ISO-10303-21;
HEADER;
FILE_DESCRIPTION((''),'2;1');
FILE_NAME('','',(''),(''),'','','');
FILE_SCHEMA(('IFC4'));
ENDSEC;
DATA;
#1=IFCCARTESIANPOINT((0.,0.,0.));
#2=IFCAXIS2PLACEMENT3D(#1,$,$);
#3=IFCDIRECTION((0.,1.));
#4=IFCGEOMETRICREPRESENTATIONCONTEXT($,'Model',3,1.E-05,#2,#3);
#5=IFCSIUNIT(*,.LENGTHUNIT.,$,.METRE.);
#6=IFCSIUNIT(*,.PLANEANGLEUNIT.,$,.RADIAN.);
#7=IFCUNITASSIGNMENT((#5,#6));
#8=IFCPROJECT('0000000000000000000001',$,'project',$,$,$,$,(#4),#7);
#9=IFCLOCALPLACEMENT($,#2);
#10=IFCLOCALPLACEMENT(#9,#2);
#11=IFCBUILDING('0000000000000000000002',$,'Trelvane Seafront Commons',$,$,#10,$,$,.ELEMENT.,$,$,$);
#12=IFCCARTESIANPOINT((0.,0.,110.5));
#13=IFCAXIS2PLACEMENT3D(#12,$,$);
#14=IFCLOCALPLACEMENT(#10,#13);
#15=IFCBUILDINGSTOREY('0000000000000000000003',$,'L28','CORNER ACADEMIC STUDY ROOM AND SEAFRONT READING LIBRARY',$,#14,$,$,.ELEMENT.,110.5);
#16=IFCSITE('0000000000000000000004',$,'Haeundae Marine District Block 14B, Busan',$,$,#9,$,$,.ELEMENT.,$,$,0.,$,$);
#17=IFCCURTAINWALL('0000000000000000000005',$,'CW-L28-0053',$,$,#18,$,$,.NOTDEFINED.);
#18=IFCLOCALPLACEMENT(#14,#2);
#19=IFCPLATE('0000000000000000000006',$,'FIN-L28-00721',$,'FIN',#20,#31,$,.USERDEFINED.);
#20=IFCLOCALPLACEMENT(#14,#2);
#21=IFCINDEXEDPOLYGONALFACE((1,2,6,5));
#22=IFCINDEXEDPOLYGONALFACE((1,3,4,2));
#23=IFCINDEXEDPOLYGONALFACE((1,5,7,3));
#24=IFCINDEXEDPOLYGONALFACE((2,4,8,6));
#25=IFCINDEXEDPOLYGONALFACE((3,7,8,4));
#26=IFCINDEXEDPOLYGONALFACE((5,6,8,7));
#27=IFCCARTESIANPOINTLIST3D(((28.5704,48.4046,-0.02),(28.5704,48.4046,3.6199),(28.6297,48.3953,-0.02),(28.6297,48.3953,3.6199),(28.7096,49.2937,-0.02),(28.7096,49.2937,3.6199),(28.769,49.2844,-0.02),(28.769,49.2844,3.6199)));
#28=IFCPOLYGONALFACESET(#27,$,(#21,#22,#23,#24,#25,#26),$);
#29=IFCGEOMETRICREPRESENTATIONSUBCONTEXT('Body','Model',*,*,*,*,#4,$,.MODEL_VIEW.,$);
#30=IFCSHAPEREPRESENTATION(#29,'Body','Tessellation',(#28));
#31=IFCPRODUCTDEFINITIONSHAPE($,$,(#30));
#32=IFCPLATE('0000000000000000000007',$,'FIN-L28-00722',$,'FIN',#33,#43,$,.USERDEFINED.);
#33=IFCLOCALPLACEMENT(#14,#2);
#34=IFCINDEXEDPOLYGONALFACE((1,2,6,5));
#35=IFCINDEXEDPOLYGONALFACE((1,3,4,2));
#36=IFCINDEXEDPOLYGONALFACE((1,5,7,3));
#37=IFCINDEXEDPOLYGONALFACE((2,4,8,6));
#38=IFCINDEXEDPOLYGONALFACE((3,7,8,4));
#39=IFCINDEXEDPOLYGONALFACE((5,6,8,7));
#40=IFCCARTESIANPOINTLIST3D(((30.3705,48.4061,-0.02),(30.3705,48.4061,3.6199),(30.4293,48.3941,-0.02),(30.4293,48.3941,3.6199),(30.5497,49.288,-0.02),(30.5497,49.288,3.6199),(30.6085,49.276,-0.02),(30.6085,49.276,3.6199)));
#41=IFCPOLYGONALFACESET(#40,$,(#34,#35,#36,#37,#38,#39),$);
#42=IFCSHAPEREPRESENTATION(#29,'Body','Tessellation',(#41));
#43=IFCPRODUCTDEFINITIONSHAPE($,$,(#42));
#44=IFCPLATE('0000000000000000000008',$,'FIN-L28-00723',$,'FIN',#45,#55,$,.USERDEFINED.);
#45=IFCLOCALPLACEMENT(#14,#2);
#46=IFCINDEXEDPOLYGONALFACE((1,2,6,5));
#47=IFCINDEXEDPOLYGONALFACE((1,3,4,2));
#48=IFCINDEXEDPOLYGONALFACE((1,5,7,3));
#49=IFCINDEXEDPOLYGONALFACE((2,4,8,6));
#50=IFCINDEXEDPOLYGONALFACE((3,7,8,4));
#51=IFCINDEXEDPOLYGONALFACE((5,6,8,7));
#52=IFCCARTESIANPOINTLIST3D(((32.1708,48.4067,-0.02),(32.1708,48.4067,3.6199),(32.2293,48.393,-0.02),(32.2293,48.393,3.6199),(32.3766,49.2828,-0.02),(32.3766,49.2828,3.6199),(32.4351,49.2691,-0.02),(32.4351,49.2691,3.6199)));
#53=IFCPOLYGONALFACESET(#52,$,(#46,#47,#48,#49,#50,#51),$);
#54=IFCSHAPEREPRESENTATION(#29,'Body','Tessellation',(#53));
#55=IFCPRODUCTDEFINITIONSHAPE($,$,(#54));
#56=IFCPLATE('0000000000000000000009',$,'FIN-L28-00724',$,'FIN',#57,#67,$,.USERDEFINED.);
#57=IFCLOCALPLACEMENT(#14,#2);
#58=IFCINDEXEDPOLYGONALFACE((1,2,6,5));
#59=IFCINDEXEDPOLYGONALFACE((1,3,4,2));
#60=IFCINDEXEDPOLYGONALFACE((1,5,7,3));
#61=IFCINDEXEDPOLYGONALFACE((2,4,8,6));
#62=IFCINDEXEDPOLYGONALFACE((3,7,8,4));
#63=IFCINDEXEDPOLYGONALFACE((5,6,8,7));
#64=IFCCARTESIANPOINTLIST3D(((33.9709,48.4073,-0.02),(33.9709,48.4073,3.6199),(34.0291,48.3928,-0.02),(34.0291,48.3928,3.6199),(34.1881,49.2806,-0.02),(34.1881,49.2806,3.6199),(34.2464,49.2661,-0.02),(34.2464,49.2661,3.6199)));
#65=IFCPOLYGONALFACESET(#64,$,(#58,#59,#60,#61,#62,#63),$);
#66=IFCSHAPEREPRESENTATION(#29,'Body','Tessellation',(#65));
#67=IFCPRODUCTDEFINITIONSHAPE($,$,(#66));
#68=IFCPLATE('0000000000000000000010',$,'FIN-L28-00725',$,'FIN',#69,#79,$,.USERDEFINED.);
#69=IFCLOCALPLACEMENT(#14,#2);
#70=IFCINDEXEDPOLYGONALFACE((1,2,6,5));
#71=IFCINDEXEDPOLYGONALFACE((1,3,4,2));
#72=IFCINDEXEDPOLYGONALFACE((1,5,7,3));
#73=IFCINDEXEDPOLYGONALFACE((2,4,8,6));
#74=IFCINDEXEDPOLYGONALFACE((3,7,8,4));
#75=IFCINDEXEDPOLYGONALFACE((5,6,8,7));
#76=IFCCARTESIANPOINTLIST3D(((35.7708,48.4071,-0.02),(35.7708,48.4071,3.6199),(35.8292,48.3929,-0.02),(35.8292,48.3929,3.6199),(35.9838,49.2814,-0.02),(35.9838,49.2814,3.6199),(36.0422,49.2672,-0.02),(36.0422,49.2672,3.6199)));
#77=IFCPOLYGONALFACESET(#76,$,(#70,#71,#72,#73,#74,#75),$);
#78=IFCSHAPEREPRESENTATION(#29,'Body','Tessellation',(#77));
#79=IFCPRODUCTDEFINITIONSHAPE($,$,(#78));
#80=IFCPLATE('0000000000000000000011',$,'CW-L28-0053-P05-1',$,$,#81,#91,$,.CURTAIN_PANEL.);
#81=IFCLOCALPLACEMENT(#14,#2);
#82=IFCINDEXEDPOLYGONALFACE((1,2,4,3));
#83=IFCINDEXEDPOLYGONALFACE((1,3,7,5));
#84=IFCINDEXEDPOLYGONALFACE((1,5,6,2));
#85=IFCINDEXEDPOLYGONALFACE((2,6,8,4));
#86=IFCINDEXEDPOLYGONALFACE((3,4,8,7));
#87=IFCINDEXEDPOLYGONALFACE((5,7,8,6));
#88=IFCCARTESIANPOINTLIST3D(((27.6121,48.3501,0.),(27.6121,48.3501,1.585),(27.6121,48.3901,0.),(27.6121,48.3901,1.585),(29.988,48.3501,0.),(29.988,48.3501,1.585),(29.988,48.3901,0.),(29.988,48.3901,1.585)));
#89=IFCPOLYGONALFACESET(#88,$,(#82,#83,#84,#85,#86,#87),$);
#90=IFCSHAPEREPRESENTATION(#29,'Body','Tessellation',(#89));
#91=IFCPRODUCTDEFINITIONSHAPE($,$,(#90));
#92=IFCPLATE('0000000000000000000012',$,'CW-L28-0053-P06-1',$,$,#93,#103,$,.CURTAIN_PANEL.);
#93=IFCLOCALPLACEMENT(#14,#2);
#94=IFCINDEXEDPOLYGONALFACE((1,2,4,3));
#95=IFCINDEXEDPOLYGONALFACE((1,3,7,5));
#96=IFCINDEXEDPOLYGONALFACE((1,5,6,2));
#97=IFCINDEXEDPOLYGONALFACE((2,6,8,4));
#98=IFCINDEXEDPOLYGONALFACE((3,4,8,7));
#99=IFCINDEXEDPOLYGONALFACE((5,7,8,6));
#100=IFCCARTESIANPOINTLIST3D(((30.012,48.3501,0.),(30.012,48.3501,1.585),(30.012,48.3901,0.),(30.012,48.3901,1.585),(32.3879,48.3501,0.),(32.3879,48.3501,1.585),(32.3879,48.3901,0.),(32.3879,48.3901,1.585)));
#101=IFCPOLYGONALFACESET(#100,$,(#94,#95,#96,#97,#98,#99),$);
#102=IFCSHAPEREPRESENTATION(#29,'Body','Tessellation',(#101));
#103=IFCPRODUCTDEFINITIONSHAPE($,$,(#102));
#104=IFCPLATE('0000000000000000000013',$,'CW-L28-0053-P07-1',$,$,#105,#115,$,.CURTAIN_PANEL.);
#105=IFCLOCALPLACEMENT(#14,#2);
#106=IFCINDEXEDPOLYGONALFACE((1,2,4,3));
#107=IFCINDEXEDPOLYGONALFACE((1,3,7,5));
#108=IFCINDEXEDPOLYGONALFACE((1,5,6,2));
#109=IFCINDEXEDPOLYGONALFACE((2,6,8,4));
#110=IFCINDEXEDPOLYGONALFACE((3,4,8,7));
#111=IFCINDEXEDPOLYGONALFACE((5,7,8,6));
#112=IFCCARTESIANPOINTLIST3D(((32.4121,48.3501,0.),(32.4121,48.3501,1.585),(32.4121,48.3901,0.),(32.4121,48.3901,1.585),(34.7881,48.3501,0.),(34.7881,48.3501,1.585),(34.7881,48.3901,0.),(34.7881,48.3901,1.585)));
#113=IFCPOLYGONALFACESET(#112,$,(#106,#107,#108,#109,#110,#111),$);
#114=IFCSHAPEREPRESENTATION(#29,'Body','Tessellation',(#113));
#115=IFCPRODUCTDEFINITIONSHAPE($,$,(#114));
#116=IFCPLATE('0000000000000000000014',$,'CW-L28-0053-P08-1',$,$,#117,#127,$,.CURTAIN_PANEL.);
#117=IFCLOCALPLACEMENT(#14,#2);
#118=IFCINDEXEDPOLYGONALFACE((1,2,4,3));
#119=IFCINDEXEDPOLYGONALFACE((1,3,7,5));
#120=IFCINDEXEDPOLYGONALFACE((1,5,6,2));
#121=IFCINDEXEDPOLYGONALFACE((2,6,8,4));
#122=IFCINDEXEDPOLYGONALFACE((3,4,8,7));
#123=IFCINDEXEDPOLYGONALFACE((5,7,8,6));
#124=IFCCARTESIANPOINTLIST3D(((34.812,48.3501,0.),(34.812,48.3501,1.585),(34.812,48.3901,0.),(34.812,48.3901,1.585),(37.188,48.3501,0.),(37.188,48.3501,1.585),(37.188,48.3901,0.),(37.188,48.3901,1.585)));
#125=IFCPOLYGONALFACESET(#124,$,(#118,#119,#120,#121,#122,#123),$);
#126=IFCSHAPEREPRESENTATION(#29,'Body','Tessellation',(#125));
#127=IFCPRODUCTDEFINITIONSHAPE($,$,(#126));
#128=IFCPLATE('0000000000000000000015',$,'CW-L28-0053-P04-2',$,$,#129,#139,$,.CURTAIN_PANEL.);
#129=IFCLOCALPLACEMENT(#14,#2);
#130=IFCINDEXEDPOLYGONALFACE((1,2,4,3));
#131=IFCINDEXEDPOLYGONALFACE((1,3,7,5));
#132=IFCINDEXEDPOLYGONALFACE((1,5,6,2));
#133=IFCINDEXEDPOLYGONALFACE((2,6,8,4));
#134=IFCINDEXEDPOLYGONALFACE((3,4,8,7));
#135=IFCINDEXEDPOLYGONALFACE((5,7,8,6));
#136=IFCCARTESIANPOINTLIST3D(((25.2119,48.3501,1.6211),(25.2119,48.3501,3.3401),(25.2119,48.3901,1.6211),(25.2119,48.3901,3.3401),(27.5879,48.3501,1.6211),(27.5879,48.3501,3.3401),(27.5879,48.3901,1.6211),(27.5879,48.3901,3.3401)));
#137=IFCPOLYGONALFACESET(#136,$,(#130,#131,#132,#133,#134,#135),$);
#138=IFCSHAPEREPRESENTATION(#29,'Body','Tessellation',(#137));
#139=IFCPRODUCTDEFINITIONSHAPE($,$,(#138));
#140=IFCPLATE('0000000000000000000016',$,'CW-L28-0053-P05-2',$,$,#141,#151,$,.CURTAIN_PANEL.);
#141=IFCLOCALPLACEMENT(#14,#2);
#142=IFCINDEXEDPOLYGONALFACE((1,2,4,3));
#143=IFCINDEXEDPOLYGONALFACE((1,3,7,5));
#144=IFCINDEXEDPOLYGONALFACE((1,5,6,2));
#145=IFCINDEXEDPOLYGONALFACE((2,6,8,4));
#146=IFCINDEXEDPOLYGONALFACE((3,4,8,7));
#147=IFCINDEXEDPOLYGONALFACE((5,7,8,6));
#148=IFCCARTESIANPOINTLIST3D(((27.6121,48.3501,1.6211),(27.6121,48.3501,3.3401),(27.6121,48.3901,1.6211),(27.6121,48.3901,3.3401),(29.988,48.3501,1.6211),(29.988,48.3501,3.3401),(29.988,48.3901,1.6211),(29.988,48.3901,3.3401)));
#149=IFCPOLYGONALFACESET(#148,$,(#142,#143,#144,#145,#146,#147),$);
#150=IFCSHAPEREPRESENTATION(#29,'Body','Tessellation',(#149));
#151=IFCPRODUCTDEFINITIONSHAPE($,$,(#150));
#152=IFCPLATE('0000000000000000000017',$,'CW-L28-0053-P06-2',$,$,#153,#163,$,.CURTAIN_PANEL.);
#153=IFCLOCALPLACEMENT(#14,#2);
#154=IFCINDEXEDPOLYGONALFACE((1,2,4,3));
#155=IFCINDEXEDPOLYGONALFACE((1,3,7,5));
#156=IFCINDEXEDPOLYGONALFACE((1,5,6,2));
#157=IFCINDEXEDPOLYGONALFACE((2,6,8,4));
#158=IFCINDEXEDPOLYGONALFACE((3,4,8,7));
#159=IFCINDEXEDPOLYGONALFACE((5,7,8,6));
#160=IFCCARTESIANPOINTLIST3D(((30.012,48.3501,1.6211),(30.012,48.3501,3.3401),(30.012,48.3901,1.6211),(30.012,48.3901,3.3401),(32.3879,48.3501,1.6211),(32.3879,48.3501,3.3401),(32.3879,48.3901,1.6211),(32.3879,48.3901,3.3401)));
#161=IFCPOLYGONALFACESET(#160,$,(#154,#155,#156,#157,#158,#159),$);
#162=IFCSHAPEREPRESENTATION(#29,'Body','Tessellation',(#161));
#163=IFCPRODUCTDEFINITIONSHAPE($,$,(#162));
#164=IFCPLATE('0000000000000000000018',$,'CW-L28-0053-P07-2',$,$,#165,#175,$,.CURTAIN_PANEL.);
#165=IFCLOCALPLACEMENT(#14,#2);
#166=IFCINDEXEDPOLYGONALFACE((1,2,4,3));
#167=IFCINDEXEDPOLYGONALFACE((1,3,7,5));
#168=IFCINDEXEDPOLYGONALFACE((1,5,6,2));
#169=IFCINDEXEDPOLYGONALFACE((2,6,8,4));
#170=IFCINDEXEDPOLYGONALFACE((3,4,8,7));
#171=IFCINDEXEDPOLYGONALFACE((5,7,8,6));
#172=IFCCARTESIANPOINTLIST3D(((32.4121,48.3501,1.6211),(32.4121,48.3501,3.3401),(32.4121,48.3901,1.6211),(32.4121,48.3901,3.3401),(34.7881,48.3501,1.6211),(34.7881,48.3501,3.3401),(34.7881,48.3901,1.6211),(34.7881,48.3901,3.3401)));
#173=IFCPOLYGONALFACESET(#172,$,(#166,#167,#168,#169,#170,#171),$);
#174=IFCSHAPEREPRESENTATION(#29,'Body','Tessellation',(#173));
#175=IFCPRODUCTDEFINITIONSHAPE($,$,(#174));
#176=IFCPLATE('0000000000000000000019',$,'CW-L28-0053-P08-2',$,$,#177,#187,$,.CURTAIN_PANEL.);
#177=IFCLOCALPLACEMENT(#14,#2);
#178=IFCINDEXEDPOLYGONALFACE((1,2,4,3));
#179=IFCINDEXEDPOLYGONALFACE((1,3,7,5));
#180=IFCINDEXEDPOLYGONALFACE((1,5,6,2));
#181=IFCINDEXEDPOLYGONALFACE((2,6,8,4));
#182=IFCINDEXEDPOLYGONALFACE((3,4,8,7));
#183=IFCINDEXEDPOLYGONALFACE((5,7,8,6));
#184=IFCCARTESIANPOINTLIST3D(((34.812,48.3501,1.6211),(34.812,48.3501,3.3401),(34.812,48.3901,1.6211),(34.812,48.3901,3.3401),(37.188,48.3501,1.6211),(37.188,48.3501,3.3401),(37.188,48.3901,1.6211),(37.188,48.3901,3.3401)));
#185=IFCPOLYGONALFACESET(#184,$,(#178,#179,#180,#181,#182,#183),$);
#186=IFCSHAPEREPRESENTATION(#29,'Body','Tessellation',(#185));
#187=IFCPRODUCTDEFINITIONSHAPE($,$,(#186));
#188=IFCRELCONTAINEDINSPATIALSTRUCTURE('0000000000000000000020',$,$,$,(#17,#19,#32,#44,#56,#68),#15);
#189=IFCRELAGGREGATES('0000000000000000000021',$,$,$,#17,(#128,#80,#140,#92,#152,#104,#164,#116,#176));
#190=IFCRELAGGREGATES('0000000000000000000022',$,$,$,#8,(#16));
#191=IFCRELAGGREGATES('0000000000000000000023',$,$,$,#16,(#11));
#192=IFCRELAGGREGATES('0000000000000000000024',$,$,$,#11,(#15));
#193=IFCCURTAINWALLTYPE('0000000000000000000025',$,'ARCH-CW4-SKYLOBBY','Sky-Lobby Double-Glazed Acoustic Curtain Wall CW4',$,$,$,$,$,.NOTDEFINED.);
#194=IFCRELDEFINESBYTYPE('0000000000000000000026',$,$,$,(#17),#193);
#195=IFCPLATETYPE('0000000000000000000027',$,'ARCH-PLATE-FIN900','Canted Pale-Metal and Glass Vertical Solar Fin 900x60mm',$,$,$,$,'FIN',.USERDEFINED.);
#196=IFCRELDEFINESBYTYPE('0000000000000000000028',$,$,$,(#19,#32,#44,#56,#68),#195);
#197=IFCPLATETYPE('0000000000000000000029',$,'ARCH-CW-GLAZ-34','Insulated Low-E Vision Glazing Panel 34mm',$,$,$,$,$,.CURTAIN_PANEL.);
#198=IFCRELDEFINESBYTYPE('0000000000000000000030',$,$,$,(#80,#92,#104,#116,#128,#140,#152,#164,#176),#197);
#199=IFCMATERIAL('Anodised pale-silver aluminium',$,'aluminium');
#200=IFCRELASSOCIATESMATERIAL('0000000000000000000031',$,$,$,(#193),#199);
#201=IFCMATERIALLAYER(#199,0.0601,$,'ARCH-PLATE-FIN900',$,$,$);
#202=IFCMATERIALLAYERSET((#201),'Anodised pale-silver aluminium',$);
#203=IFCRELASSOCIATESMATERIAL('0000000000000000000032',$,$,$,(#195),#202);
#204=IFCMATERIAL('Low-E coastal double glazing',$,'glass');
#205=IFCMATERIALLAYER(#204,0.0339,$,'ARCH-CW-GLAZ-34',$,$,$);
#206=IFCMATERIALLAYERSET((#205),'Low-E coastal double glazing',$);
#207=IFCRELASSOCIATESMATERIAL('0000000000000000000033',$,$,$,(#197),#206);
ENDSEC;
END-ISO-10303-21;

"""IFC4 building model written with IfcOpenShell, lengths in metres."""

from ifc_helpers import new_model, si_unit, direction, frame, origin, origin_2d, place, context, subcontext, project, spatial, rectangle, extrude, source, transform, mapped, material, layer, layer_set, type_object, element, aggregate, save


model = new_model("IFC4")

# Units and contexts
model_context = context("Model", 3, precision=1e-05, world=origin(), true_north=direction((0.0, 1.0)))
body_context = subcontext(model_context, "Body", "Model", "MODEL_VIEW")
ifc_project = project(units=[si_unit("LENGTHUNIT", "METRE"), si_unit("PLANEANGLEUNIT", "RADIAN")], contexts=[model_context])

# Site, building, storey
site_placement = place(None, origin())
site = spatial("IfcSite", under=ifc_project, at=site_placement, Name="Haeundae Marine District Block 14B, Busan", CompositionType="ELEMENT", RefElevation=0.0)
building_placement = place(site_placement, origin())
building = spatial("IfcBuilding", under=site, at=building_placement, Name="Trelvane Seafront Commons", CompositionType="ELEMENT")
storey_placement = place(building_placement, frame((0.0, 0.0, 110.5)))
storey = spatial("IfcBuildingStorey", under=building, at=storey_placement, Name="L28", Description="CORNER ACADEMIC STUDY ROOM AND SEAFRONT READING LIBRARY", CompositionType="ELEMENT", Elevation=110.5)

# Curtain wall
ifc_material_1 = material(Name="Anodised pale-silver aluminium", Category="aluminium")
curtain_wall_type = type_object("IfcCurtainWallType", Name="ARCH-CW4-SKYLOBBY", Description="Sky-Lobby Double-Glazed Acoustic Curtain Wall CW4", PredefinedType="NOTDEFINED", material=ifc_material_1)
curtain_wall_placement = place(storey_placement, origin())
curtain_wall = element("IfcCurtainWall", 1, at=curtain_wall_placement, inside=storey, type_object=curtain_wall_type, Name="CW-L28-0053", PredefinedType="NOTDEFINED")

# Plates
ifc_layer_1 = layer(ifc_material_1, 0.0601, Name="ARCH-PLATE-FIN900")
ifc_layer_set_1 = layer_set([ifc_layer_1], Name="Anodised pale-silver aluminium")
plate_type_1 = type_object("IfcPlateType", Name="ARCH-PLATE-FIN900", Description="Canted Pale-Metal and Glass Vertical Solar Fin 900x60mm", ElementType="FIN", PredefinedType="USERDEFINED", material=ifc_layer_set_1)
shared_shape_1 = source(origin(), body_context, "Body", "SweptSolid", [
    extrude(rectangle(XDim=0.8999, YDim=0.0601, at=origin_2d()), origin(), (0.0, 0.0, 1.0), 3.6399),
])
for number, where, z_axis, x_axis, name in (
    (2, (28.6697, 48.8445, -0.02), (0.0, 0.0, 1.0), (0.154771, 0.98795, 0.0), "FIN-L28-00721"),
    (3, (30.4895, 48.8411, -0.02), (0.0, 0.0, 1.0), (0.199106, 0.979978, 0.0), "FIN-L28-00722"),
    (4, (32.303, 48.8379, -0.02), (0.0, 0.0, 1.0), (0.228681, 0.973502, 0.0), "FIN-L28-00723"),
    (5, (34.1086, 48.8367, -0.02), (0.0, 0.0, 1.0), (0.241438, 0.970416, 0.0), "FIN-L28-00724"),
    (6, (35.9065, 48.8372, -0.02), (0.0, 0.0, 1.0), (0.236675, 0.971589, 0.0), "FIN-L28-00725"),
):
    element("IfcPlate", number, at=place(storey_placement, frame(where, z_axis=z_axis, x_axis=x_axis)), inside=storey, type_object=plate_type_1, Name=name, ObjectType="FIN", PredefinedType="USERDEFINED", context=body_context, shape_type="MappedRepresentation", body=[
        mapped(shared_shape_1, transform((0.0, 0.0, 0.0), x_axis=(1.0, 0.0, 0.0), y_axis=(0.0, 1.0, 0.0), z_axis=(0.0, 0.0, 1.0), scale=1.0)),
    ])

# Plates
ifc_material_2 = material(Name="Low-E coastal double glazing", Category="glass")
ifc_layer_2 = layer(ifc_material_2, 0.0339, Name="ARCH-CW-GLAZ-34")
ifc_layer_set_2 = layer_set([ifc_layer_2], Name="Low-E coastal double glazing")
plate_type_2 = type_object("IfcPlateType", Name="ARCH-CW-GLAZ-34", Description="Insulated Low-E Vision Glazing Panel 34mm", PredefinedType="CURTAIN_PANEL", material=ifc_layer_set_2)
shared_shape_2 = source(origin(), body_context, "Body", "SweptSolid", [
    extrude(rectangle(XDim=2.376, YDim=0.04, at=origin_2d()), origin(), (0.0, 0.0, 1.0), 1.585),
])
plate_1_placement = place(storey_placement, frame((28.8, 48.3701, 0.0), z_axis=(0.0, 0.0, 1.0), x_axis=(1.0, 0.0, 0.0)))
plate_1 = element("IfcPlate", 7, at=plate_1_placement, type_object=plate_type_2, Name="CW-L28-0053-P05-1", PredefinedType="CURTAIN_PANEL", context=body_context, shape_type="MappedRepresentation", body=[
    mapped(shared_shape_2, transform((0.0, 0.0, 0.0), x_axis=(1.0, 0.0, 0.0), y_axis=(0.0, 1.0, 0.0), z_axis=(0.0, 0.0, 1.0), scale=1.0)),
])
plate_2_placement = place(storey_placement, frame((31.2, 48.3701, 0.0), z_axis=(0.0, 0.0, 1.0), x_axis=(1.0, 0.0, 0.0)))
plate_2 = element("IfcPlate", 8, at=plate_2_placement, type_object=plate_type_2, Name="CW-L28-0053-P06-1", PredefinedType="CURTAIN_PANEL", context=body_context, shape_type="MappedRepresentation", body=[
    mapped(shared_shape_2, transform((0.0, 0.0, 0.0), x_axis=(1.0, 0.0, 0.0), y_axis=(0.0, 1.0, 0.0), z_axis=(0.0, 0.0, 1.0), scale=1.0)),
])
plate_3_placement = place(storey_placement, frame((33.6001, 48.3701, 0.0), z_axis=(0.0, 0.0, 1.0), x_axis=(1.0, 0.0, 0.0)))
plate_3 = element("IfcPlate", 9, at=plate_3_placement, type_object=plate_type_2, Name="CW-L28-0053-P07-1", PredefinedType="CURTAIN_PANEL", context=body_context, shape_type="MappedRepresentation", body=[
    mapped(shared_shape_2, transform((0.0, 0.0, 0.0), x_axis=(1.0, 0.0, 0.0), y_axis=(0.0, 1.0, 0.0), z_axis=(0.0, 0.0, 1.0), scale=1.0)),
])
plate_4_placement = place(storey_placement, frame((36.0, 48.3701, 0.0), z_axis=(0.0, 0.0, 1.0), x_axis=(1.0, 0.0, 0.0)))
plate_4 = element("IfcPlate", 10, at=plate_4_placement, type_object=plate_type_2, Name="CW-L28-0053-P08-1", PredefinedType="CURTAIN_PANEL", context=body_context, shape_type="MappedRepresentation", body=[
    mapped(shared_shape_2, transform((0.0, 0.0, 0.0), x_axis=(1.0, 0.0, 0.0), y_axis=(0.0, 1.0, 0.0), z_axis=(0.0, 0.0, 1.0), scale=1.0)),
])
shared_shape_3 = source(origin(), body_context, "Body", "SweptSolid", [
    extrude(rectangle(XDim=2.376, YDim=0.04, at=origin_2d()), origin(), (0.0, 0.0, 1.0), 1.719),
])
plate_5_placement = place(storey_placement, frame((26.3999, 48.3701, 1.6211), z_axis=(0.0, 0.0, 1.0), x_axis=(1.0, 0.0, 0.0)))
plate_5 = element("IfcPlate", 11, at=plate_5_placement, type_object=plate_type_2, Name="CW-L28-0053-P04-2", PredefinedType="CURTAIN_PANEL", context=body_context, shape_type="MappedRepresentation", body=[
    mapped(shared_shape_3, transform((0.0, 0.0, 0.0), x_axis=(1.0, 0.0, 0.0), y_axis=(0.0, 1.0, 0.0), z_axis=(0.0, 0.0, 1.0), scale=1.0)),
])
plate_6_placement = place(storey_placement, frame((28.8, 48.3701, 1.6211), z_axis=(0.0, 0.0, 1.0), x_axis=(1.0, 0.0, 0.0)))
plate_6 = element("IfcPlate", 12, at=plate_6_placement, type_object=plate_type_2, Name="CW-L28-0053-P05-2", PredefinedType="CURTAIN_PANEL", context=body_context, shape_type="MappedRepresentation", body=[
    mapped(shared_shape_3, transform((0.0, 0.0, 0.0), x_axis=(1.0, 0.0, 0.0), y_axis=(0.0, 1.0, 0.0), z_axis=(0.0, 0.0, 1.0), scale=1.0)),
])
plate_7_placement = place(storey_placement, frame((31.2, 48.3701, 1.6211), z_axis=(0.0, 0.0, 1.0), x_axis=(1.0, 0.0, 0.0)))
plate_7 = element("IfcPlate", 13, at=plate_7_placement, type_object=plate_type_2, Name="CW-L28-0053-P06-2", PredefinedType="CURTAIN_PANEL", context=body_context, shape_type="MappedRepresentation", body=[
    mapped(shared_shape_3, transform((0.0, 0.0, 0.0), x_axis=(1.0, 0.0, 0.0), y_axis=(0.0, 1.0, 0.0), z_axis=(0.0, 0.0, 1.0), scale=1.0)),
])
plate_8_placement = place(storey_placement, frame((33.6001, 48.3701, 1.6211), z_axis=(0.0, 0.0, 1.0), x_axis=(1.0, 0.0, 0.0)))
plate_8 = element("IfcPlate", 14, at=plate_8_placement, type_object=plate_type_2, Name="CW-L28-0053-P07-2", PredefinedType="CURTAIN_PANEL", context=body_context, shape_type="MappedRepresentation", body=[
    mapped(shared_shape_3, transform((0.0, 0.0, 0.0), x_axis=(1.0, 0.0, 0.0), y_axis=(0.0, 1.0, 0.0), z_axis=(0.0, 0.0, 1.0), scale=1.0)),
])
plate_9_placement = place(storey_placement, frame((36.0, 48.3701, 1.6211), z_axis=(0.0, 0.0, 1.0), x_axis=(1.0, 0.0, 0.0)))
plate_9 = element("IfcPlate", 15, at=plate_9_placement, type_object=plate_type_2, Name="CW-L28-0053-P08-2", PredefinedType="CURTAIN_PANEL", context=body_context, shape_type="MappedRepresentation", body=[
    mapped(shared_shape_3, transform((0.0, 0.0, 0.0), x_axis=(1.0, 0.0, 0.0), y_axis=(0.0, 1.0, 0.0), z_axis=(0.0, 0.0, 1.0), scale=1.0)),
])
aggregate(curtain_wall, [plate_5, plate_1, plate_6, plate_2, plate_7, plate_3, plate_8, plate_4, plate_9])

save(model, "model.ifc")
